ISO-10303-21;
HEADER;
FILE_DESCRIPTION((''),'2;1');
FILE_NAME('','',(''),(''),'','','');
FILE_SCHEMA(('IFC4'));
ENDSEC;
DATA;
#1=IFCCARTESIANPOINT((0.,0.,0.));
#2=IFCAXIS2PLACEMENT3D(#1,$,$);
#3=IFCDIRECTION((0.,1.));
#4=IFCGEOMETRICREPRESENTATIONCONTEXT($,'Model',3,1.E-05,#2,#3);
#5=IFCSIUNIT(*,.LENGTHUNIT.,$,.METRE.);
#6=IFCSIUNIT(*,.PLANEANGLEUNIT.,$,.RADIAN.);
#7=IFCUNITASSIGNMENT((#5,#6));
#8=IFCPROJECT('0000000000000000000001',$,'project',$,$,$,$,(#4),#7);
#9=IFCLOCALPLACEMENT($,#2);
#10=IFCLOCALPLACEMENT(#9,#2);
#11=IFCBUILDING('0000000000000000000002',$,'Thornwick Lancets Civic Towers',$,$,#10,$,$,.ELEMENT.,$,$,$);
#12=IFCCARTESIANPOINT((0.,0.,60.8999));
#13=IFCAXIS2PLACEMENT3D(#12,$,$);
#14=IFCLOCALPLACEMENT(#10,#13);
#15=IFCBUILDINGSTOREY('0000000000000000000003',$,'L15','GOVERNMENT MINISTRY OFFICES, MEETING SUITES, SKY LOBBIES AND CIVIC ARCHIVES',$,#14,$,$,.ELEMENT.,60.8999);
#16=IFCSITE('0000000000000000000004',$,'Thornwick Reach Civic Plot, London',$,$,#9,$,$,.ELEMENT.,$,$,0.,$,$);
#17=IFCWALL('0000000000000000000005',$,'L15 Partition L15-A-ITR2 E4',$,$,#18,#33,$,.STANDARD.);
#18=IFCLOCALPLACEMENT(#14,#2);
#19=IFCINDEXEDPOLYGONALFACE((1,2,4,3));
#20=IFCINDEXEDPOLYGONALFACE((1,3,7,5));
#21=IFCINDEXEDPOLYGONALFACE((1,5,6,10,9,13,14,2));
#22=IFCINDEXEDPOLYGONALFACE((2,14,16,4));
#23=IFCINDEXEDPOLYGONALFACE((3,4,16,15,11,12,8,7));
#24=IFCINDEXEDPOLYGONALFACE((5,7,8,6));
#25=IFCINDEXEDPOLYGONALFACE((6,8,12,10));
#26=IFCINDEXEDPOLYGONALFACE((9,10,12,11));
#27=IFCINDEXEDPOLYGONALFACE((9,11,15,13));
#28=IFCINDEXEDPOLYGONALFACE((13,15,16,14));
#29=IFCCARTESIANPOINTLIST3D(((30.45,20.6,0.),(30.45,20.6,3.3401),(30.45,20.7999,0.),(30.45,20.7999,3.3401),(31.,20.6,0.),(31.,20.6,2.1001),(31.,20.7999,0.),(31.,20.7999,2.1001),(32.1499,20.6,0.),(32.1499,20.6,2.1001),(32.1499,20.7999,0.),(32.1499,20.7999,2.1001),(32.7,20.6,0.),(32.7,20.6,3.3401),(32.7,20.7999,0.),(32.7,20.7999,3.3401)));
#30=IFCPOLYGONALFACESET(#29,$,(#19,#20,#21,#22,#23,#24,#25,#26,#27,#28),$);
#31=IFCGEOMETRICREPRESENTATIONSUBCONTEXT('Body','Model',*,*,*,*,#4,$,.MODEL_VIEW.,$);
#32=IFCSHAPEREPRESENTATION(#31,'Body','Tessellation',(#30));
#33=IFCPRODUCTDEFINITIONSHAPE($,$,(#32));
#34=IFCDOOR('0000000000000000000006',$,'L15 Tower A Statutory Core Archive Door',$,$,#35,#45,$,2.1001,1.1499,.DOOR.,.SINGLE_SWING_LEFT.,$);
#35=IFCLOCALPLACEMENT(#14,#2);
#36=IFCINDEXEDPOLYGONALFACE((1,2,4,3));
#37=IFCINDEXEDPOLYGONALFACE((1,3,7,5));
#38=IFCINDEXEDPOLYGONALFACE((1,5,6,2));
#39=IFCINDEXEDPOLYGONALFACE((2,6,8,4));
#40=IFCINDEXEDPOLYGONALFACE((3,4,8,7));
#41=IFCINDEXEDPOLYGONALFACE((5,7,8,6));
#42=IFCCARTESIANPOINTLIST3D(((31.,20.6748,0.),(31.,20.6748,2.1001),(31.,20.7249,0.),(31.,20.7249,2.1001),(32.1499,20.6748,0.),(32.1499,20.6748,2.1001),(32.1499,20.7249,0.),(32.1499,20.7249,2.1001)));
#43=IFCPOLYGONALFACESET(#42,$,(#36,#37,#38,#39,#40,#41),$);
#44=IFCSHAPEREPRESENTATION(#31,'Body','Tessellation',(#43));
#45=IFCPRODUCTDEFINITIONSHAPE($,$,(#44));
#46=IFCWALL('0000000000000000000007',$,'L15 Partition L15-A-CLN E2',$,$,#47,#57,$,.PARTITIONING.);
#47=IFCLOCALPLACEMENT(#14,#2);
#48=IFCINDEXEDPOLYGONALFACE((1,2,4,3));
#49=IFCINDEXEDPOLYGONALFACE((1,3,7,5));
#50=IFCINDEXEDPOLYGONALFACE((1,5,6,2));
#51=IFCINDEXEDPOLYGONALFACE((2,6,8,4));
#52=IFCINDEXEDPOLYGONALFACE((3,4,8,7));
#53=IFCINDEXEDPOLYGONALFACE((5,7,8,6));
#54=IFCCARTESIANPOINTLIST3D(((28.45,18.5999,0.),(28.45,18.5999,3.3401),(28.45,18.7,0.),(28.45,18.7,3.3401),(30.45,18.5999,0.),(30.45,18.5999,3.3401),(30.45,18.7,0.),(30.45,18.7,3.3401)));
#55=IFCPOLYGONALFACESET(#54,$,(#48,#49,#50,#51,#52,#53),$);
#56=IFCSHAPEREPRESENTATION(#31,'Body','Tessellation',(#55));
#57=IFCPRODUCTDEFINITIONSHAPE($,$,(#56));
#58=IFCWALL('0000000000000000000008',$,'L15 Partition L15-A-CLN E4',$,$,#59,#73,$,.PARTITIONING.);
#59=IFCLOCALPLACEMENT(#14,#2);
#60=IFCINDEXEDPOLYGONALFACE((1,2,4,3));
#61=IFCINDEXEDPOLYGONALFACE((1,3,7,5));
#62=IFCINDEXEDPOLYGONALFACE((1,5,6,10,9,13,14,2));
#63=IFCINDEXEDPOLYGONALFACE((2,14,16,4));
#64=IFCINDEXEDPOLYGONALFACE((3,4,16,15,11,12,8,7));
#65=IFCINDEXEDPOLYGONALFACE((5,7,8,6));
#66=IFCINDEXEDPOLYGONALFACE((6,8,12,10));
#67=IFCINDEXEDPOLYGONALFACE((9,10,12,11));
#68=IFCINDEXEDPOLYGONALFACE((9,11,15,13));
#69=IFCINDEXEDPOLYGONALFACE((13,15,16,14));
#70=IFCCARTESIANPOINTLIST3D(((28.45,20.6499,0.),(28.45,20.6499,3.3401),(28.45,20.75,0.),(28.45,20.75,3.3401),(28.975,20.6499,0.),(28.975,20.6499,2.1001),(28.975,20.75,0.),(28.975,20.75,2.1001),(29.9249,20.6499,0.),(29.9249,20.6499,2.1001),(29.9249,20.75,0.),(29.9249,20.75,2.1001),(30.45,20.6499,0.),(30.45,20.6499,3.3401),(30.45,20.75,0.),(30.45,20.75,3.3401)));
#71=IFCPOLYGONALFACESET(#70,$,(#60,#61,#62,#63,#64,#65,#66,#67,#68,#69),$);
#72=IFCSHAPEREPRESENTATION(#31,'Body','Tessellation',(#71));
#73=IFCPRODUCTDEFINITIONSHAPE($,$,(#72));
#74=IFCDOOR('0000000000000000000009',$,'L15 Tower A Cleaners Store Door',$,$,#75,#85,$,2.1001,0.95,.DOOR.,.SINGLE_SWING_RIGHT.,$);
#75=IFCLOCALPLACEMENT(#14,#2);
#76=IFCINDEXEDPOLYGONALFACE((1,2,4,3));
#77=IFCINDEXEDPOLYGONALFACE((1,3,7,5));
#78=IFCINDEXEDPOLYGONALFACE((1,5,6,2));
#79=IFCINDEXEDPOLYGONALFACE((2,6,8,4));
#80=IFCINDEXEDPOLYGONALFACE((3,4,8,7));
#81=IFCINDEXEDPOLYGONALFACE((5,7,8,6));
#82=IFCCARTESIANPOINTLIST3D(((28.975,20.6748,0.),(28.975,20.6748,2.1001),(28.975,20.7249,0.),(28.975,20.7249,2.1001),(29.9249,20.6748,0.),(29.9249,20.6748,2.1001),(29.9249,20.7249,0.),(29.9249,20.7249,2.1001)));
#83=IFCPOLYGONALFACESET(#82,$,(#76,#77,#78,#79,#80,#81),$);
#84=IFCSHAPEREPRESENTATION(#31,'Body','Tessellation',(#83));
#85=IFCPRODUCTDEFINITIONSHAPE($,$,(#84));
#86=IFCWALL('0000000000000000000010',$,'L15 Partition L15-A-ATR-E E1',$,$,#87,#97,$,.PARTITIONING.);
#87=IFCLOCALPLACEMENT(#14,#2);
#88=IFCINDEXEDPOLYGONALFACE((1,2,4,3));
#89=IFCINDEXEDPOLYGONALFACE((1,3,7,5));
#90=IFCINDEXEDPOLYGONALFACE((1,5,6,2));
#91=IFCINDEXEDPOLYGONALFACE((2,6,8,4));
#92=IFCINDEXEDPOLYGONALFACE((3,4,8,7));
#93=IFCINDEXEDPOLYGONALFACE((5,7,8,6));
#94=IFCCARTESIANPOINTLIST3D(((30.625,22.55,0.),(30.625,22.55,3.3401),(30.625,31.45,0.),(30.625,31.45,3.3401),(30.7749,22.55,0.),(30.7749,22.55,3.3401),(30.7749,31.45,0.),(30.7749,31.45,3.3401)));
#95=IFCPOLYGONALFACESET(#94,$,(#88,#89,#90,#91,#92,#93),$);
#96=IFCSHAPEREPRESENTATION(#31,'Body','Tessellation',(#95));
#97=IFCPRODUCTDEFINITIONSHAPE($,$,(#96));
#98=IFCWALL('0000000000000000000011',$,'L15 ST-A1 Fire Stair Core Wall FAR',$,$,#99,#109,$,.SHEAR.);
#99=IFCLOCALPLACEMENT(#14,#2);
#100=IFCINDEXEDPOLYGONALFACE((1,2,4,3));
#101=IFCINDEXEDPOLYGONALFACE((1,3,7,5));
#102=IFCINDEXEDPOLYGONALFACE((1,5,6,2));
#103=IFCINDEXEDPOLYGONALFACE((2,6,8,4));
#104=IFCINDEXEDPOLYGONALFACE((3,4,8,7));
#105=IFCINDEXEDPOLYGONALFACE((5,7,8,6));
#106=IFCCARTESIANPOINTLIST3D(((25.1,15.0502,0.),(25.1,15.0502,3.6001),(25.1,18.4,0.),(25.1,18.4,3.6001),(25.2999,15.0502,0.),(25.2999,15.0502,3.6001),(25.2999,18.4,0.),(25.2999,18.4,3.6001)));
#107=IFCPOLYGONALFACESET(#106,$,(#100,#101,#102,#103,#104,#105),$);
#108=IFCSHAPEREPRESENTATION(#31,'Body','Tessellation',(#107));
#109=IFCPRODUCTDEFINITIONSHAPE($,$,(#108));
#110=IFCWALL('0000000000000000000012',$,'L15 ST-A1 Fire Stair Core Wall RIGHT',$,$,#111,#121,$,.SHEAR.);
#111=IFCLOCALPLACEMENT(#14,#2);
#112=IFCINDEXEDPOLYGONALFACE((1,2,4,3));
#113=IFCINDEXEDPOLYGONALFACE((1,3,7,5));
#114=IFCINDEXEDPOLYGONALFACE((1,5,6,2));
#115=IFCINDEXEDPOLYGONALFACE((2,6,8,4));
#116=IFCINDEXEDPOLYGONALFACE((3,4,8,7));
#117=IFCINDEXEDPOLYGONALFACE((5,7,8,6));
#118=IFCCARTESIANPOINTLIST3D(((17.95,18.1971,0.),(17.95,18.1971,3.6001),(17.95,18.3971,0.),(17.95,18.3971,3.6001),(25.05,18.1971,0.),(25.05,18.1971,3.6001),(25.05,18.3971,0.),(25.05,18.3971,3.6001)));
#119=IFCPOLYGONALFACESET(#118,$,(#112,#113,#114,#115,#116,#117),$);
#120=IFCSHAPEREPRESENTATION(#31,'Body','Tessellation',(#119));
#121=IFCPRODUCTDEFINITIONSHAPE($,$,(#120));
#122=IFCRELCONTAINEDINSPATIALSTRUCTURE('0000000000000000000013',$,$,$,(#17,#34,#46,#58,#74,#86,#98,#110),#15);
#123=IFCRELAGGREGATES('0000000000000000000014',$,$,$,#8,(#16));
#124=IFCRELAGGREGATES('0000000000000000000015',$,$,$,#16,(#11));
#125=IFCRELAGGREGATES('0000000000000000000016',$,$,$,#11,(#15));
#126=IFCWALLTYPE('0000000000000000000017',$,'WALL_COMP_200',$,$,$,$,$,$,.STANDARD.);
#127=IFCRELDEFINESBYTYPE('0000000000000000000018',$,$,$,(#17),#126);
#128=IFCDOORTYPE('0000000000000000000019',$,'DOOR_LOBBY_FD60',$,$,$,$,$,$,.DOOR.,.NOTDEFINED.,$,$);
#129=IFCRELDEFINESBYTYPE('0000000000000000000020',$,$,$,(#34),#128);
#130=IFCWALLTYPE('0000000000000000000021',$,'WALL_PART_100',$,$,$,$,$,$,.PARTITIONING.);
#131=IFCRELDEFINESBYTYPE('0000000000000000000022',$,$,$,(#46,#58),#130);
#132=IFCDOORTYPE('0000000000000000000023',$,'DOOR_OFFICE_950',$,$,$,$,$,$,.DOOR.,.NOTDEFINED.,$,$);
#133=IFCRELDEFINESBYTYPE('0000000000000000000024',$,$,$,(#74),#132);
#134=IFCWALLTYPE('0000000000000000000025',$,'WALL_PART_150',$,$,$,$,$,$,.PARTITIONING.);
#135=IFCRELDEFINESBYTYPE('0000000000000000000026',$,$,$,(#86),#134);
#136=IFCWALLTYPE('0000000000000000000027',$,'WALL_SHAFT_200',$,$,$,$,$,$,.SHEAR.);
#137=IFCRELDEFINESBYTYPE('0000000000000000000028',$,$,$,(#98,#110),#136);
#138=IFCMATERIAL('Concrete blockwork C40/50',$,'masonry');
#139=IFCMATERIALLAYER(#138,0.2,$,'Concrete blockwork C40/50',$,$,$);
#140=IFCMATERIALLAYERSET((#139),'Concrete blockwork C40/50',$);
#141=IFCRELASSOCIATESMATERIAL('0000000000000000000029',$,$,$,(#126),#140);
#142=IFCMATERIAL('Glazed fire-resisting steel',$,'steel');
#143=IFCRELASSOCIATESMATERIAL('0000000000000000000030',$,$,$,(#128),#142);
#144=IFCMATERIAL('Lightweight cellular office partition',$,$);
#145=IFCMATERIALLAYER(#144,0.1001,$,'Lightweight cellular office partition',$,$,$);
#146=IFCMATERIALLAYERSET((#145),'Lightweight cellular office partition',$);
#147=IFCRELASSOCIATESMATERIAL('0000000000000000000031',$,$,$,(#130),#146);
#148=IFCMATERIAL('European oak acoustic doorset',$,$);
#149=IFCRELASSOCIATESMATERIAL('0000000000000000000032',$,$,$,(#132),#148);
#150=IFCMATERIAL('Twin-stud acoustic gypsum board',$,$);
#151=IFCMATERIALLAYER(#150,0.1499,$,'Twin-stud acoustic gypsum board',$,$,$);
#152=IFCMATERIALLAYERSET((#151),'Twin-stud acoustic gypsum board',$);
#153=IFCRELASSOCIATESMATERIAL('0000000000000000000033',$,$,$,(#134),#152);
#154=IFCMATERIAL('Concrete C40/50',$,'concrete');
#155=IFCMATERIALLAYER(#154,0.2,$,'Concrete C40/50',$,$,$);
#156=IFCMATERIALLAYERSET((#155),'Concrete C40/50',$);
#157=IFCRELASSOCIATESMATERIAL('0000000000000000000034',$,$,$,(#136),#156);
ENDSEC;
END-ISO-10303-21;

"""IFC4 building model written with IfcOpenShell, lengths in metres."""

from ifc_helpers import new_model, si_unit, direction, frame, frame_2d, origin, place, context, subcontext, project, spatial, rectangle, extrude, material, layer, layer_set, type_object, element, fill, save


model = new_model("IFC4")

# Units and contexts
model_context = context("Model", 3, precision=1e-05, world=origin(), true_north=direction((0.0, 1.0)))
body_context = subcontext(model_context, "Body", "Model", "MODEL_VIEW")
ifc_project = project(units=[si_unit("LENGTHUNIT", "METRE"), si_unit("PLANEANGLEUNIT", "RADIAN")], contexts=[model_context])

# Site, building, storey
site_placement = place(None, origin())
site = spatial("IfcSite", under=ifc_project, at=site_placement, Name="Thornwick Reach Civic Plot, London", CompositionType="ELEMENT", RefElevation=0.0)
building_placement = place(site_placement, origin())
building = spatial("IfcBuilding", under=site, at=building_placement, Name="Thornwick Lancets Civic Towers", CompositionType="ELEMENT")
storey_placement = place(building_placement, frame((0.0, 0.0, 60.8999)))
storey = spatial("IfcBuildingStorey", under=building, at=storey_placement, Name="L15", Description="GOVERNMENT MINISTRY OFFICES, MEETING SUITES, SKY LOBBIES AND CIVIC ARCHIVES", CompositionType="ELEMENT", Elevation=60.8999)

# Shared definitions
ifc_material_1 = material(Name="Concrete blockwork C40/50", Category="masonry")
ifc_layer_1 = layer(ifc_material_1, 0.2, Name="Concrete blockwork C40/50")
ifc_layer_set_1 = layer_set([ifc_layer_1], Name="Concrete blockwork C40/50")
wall_type_1 = type_object("IfcWallType", Name="WALL_COMP_200", PredefinedType="STANDARD", material=ifc_layer_set_1)

# Wall, opening, door
wall_1_placement = place(storey_placement, frame((30.45, 20.7, 0.0), z_axis=(0.0, 0.0, 1.0), x_axis=(1.0, 0.0, 0.0)))
wall_1 = element("IfcWall", 1, at=wall_1_placement, inside=storey, type_object=wall_type_1, Name="L15 Partition L15-A-ITR2 E4", PredefinedType="STANDARD", context=body_context, shape_type="SweptSolid", body=[
    extrude(rectangle(XDim=2.25, YDim=0.2, at=frame_2d((1.125, 0.0))), origin(), (0.0, 0.0, 1.0), 3.3401),
])
opening_1_placement = place(wall_1_placement, frame((0.55, 0.0, 0.0)))
opening_1 = element("IfcOpeningElement", 2, at=opening_1_placement, cuts=wall_1, PredefinedType="OPENING", context=body_context, shape_type="SweptSolid", body=[
    extrude(rectangle(XDim=1.1499, YDim=2.1001, at=frame_2d((0.575, 1.05))), frame((0.0, 0.1099, 0.0), z_axis=(0.0, -1.0, 0.0), x_axis=(1.0, 0.0, 0.0)), (0.0, 0.0, 1.0), 0.22),
])
ifc_material_2 = material(Name="Glazed fire-resisting steel", Category="steel")
door_type_1 = type_object("IfcDoorType", Name="DOOR_LOBBY_FD60", OperationType="NOTDEFINED", PredefinedType="DOOR", material=ifc_material_2)
door_1_placement = place(opening_1_placement, origin())
door_1 = element("IfcDoor", 3, at=door_1_placement, inside=storey, type_object=door_type_1, Name="L15 Tower A Statutory Core Archive Door", OperationType="SINGLE_SWING_LEFT", OverallHeight=2.1001, OverallWidth=1.1499, PredefinedType="DOOR", context=body_context, shape_type="SweptSolid", body=[
    extrude(rectangle(XDim=1.1499, YDim=2.1001, at=frame_2d((0.575, 1.05))), frame((0.0, 0.0249, 0.0), z_axis=(0.0, -1.0, 0.0), x_axis=(1.0, 0.0, 0.0)), (0.0, 0.0, 1.0), 0.05),
])
fill(opening_1, door_1)

# Wall
ifc_material_3 = material(Name="Lightweight cellular office partition")
ifc_layer_2 = layer(ifc_material_3, 0.1001, Name="Lightweight cellular office partition")
ifc_layer_set_2 = layer_set([ifc_layer_2], Name="Lightweight cellular office partition")
wall_type_2 = type_object("IfcWallType", Name="WALL_PART_100", PredefinedType="PARTITIONING", material=ifc_layer_set_2)
wall_2_placement = place(storey_placement, frame((30.45, 18.6499, 0.0), z_axis=(0.0, 0.0, 1.0), x_axis=(-1.0, 0.0, 0.0)))
element("IfcWall", 4, at=wall_2_placement, inside=storey, type_object=wall_type_2, Name="L15 Partition L15-A-CLN E2", PredefinedType="PARTITIONING", context=body_context, shape_type="SweptSolid", body=[
    extrude(rectangle(XDim=2.0, YDim=0.1001, at=frame_2d((1.0, 0.0))), origin(), (0.0, 0.0, 1.0), 3.3401),
])

# Wall, opening, door
wall_3_placement = place(storey_placement, frame((28.45, 20.7, 0.0), z_axis=(0.0, 0.0, 1.0), x_axis=(1.0, 0.0, 0.0)))
wall_3 = element("IfcWall", 5, at=wall_3_placement, inside=storey, type_object=wall_type_2, Name="L15 Partition L15-A-CLN E4", PredefinedType="PARTITIONING", context=body_context, shape_type="SweptSolid", body=[
    extrude(rectangle(XDim=2.0, YDim=0.1001, at=frame_2d((1.0, 0.0))), origin(), (0.0, 0.0, 1.0), 3.3401),
])
opening_2_placement = place(wall_3_placement, frame((0.5249, 0.0, 0.0)))
opening_2 = element("IfcOpeningElement", 6, at=opening_2_placement, cuts=wall_3, PredefinedType="OPENING", context=body_context, shape_type="SweptSolid", body=[
    extrude(rectangle(XDim=0.95, YDim=2.1001, at=frame_2d((0.4751, 1.05))), frame((0.0, 0.0601, 0.0), z_axis=(0.0, -1.0, 0.0), x_axis=(1.0, 0.0, 0.0)), (0.0, 0.0, 1.0), 0.1201),
])
ifc_material_4 = material(Name="European oak acoustic doorset")
door_type_2 = type_object("IfcDoorType", Name="DOOR_OFFICE_950", OperationType="NOTDEFINED", PredefinedType="DOOR", material=ifc_material_4)
door_2_placement = place(opening_2_placement, origin())
door_2 = element("IfcDoor", 7, at=door_2_placement, inside=storey, type_object=door_type_2, Name="L15 Tower A Cleaners Store Door", OperationType="SINGLE_SWING_RIGHT", OverallHeight=2.1001, OverallWidth=0.95, PredefinedType="DOOR", context=body_context, shape_type="SweptSolid", body=[
    extrude(rectangle(XDim=0.95, YDim=2.1001, at=frame_2d((0.4751, 1.05))), frame((0.0, 0.0249, 0.0), z_axis=(0.0, -1.0, 0.0), x_axis=(1.0, 0.0, 0.0)), (0.0, 0.0, 1.0), 0.05),
])
fill(opening_2, door_2)

# Walls
ifc_material_5 = material(Name="Twin-stud acoustic gypsum board")
ifc_layer_3 = layer(ifc_material_5, 0.1499, Name="Twin-stud acoustic gypsum board")
ifc_layer_set_3 = layer_set([ifc_layer_3], Name="Twin-stud acoustic gypsum board")
wall_type_3 = type_object("IfcWallType", Name="WALL_PART_150", PredefinedType="PARTITIONING", material=ifc_layer_set_3)
wall_4_placement = place(storey_placement, frame((30.7, 22.55, 0.0), z_axis=(0.0, 0.0, 1.0), x_axis=(0.0, 1.0, 0.0)))
element("IfcWall", 8, at=wall_4_placement, inside=storey, type_object=wall_type_3, Name="L15 Partition L15-A-ATR-E E1", PredefinedType="PARTITIONING", context=body_context, shape_type="SweptSolid", body=[
    extrude(rectangle(XDim=8.8999, YDim=0.1499, at=frame_2d((4.45, 0.0))), origin(), (0.0, 0.0, 1.0), 3.3401),
])
ifc_material_6 = material(Name="Concrete C40/50", Category="concrete")
ifc_layer_4 = layer(ifc_material_6, 0.2, Name="Concrete C40/50")
ifc_layer_set_4 = layer_set([ifc_layer_4], Name="Concrete C40/50")
wall_type_4 = type_object("IfcWallType", Name="WALL_SHAFT_200", PredefinedType="SHEAR", material=ifc_layer_set_4)
wall_5_placement = place(storey_placement, frame((25.2, 18.3999, 0.0), z_axis=(0.0, 0.0, 1.0), x_axis=(0.0, -1.0, 0.0)))
element("IfcWall", 9, at=wall_5_placement, inside=storey, type_object=wall_type_4, Name="L15 ST-A1 Fire Stair Core Wall FAR", PredefinedType="SHEAR", context=body_context, shape_type="SweptSolid", body=[
    extrude(rectangle(XDim=3.3499, YDim=0.2, at=frame_2d((1.6748, 0.0))), origin(), (0.0, 0.0, 1.0), 3.6001),
])
wall_6_placement = place(storey_placement, frame((25.05, 18.2971, 0.0), z_axis=(0.0, 0.0, 1.0), x_axis=(-1.0, 0.0, 0.0)))
element("IfcWall", 10, at=wall_6_placement, inside=storey, type_object=wall_type_4, Name="L15 ST-A1 Fire Stair Core Wall RIGHT", PredefinedType="SHEAR", context=body_context, shape_type="SweptSolid", body=[
    extrude(rectangle(XDim=7.1001, YDim=0.2, at=frame_2d((3.55, 0.0))), origin(), (0.0, 0.0, 1.0), 3.6001),
])

save(model, "model.ifc")
